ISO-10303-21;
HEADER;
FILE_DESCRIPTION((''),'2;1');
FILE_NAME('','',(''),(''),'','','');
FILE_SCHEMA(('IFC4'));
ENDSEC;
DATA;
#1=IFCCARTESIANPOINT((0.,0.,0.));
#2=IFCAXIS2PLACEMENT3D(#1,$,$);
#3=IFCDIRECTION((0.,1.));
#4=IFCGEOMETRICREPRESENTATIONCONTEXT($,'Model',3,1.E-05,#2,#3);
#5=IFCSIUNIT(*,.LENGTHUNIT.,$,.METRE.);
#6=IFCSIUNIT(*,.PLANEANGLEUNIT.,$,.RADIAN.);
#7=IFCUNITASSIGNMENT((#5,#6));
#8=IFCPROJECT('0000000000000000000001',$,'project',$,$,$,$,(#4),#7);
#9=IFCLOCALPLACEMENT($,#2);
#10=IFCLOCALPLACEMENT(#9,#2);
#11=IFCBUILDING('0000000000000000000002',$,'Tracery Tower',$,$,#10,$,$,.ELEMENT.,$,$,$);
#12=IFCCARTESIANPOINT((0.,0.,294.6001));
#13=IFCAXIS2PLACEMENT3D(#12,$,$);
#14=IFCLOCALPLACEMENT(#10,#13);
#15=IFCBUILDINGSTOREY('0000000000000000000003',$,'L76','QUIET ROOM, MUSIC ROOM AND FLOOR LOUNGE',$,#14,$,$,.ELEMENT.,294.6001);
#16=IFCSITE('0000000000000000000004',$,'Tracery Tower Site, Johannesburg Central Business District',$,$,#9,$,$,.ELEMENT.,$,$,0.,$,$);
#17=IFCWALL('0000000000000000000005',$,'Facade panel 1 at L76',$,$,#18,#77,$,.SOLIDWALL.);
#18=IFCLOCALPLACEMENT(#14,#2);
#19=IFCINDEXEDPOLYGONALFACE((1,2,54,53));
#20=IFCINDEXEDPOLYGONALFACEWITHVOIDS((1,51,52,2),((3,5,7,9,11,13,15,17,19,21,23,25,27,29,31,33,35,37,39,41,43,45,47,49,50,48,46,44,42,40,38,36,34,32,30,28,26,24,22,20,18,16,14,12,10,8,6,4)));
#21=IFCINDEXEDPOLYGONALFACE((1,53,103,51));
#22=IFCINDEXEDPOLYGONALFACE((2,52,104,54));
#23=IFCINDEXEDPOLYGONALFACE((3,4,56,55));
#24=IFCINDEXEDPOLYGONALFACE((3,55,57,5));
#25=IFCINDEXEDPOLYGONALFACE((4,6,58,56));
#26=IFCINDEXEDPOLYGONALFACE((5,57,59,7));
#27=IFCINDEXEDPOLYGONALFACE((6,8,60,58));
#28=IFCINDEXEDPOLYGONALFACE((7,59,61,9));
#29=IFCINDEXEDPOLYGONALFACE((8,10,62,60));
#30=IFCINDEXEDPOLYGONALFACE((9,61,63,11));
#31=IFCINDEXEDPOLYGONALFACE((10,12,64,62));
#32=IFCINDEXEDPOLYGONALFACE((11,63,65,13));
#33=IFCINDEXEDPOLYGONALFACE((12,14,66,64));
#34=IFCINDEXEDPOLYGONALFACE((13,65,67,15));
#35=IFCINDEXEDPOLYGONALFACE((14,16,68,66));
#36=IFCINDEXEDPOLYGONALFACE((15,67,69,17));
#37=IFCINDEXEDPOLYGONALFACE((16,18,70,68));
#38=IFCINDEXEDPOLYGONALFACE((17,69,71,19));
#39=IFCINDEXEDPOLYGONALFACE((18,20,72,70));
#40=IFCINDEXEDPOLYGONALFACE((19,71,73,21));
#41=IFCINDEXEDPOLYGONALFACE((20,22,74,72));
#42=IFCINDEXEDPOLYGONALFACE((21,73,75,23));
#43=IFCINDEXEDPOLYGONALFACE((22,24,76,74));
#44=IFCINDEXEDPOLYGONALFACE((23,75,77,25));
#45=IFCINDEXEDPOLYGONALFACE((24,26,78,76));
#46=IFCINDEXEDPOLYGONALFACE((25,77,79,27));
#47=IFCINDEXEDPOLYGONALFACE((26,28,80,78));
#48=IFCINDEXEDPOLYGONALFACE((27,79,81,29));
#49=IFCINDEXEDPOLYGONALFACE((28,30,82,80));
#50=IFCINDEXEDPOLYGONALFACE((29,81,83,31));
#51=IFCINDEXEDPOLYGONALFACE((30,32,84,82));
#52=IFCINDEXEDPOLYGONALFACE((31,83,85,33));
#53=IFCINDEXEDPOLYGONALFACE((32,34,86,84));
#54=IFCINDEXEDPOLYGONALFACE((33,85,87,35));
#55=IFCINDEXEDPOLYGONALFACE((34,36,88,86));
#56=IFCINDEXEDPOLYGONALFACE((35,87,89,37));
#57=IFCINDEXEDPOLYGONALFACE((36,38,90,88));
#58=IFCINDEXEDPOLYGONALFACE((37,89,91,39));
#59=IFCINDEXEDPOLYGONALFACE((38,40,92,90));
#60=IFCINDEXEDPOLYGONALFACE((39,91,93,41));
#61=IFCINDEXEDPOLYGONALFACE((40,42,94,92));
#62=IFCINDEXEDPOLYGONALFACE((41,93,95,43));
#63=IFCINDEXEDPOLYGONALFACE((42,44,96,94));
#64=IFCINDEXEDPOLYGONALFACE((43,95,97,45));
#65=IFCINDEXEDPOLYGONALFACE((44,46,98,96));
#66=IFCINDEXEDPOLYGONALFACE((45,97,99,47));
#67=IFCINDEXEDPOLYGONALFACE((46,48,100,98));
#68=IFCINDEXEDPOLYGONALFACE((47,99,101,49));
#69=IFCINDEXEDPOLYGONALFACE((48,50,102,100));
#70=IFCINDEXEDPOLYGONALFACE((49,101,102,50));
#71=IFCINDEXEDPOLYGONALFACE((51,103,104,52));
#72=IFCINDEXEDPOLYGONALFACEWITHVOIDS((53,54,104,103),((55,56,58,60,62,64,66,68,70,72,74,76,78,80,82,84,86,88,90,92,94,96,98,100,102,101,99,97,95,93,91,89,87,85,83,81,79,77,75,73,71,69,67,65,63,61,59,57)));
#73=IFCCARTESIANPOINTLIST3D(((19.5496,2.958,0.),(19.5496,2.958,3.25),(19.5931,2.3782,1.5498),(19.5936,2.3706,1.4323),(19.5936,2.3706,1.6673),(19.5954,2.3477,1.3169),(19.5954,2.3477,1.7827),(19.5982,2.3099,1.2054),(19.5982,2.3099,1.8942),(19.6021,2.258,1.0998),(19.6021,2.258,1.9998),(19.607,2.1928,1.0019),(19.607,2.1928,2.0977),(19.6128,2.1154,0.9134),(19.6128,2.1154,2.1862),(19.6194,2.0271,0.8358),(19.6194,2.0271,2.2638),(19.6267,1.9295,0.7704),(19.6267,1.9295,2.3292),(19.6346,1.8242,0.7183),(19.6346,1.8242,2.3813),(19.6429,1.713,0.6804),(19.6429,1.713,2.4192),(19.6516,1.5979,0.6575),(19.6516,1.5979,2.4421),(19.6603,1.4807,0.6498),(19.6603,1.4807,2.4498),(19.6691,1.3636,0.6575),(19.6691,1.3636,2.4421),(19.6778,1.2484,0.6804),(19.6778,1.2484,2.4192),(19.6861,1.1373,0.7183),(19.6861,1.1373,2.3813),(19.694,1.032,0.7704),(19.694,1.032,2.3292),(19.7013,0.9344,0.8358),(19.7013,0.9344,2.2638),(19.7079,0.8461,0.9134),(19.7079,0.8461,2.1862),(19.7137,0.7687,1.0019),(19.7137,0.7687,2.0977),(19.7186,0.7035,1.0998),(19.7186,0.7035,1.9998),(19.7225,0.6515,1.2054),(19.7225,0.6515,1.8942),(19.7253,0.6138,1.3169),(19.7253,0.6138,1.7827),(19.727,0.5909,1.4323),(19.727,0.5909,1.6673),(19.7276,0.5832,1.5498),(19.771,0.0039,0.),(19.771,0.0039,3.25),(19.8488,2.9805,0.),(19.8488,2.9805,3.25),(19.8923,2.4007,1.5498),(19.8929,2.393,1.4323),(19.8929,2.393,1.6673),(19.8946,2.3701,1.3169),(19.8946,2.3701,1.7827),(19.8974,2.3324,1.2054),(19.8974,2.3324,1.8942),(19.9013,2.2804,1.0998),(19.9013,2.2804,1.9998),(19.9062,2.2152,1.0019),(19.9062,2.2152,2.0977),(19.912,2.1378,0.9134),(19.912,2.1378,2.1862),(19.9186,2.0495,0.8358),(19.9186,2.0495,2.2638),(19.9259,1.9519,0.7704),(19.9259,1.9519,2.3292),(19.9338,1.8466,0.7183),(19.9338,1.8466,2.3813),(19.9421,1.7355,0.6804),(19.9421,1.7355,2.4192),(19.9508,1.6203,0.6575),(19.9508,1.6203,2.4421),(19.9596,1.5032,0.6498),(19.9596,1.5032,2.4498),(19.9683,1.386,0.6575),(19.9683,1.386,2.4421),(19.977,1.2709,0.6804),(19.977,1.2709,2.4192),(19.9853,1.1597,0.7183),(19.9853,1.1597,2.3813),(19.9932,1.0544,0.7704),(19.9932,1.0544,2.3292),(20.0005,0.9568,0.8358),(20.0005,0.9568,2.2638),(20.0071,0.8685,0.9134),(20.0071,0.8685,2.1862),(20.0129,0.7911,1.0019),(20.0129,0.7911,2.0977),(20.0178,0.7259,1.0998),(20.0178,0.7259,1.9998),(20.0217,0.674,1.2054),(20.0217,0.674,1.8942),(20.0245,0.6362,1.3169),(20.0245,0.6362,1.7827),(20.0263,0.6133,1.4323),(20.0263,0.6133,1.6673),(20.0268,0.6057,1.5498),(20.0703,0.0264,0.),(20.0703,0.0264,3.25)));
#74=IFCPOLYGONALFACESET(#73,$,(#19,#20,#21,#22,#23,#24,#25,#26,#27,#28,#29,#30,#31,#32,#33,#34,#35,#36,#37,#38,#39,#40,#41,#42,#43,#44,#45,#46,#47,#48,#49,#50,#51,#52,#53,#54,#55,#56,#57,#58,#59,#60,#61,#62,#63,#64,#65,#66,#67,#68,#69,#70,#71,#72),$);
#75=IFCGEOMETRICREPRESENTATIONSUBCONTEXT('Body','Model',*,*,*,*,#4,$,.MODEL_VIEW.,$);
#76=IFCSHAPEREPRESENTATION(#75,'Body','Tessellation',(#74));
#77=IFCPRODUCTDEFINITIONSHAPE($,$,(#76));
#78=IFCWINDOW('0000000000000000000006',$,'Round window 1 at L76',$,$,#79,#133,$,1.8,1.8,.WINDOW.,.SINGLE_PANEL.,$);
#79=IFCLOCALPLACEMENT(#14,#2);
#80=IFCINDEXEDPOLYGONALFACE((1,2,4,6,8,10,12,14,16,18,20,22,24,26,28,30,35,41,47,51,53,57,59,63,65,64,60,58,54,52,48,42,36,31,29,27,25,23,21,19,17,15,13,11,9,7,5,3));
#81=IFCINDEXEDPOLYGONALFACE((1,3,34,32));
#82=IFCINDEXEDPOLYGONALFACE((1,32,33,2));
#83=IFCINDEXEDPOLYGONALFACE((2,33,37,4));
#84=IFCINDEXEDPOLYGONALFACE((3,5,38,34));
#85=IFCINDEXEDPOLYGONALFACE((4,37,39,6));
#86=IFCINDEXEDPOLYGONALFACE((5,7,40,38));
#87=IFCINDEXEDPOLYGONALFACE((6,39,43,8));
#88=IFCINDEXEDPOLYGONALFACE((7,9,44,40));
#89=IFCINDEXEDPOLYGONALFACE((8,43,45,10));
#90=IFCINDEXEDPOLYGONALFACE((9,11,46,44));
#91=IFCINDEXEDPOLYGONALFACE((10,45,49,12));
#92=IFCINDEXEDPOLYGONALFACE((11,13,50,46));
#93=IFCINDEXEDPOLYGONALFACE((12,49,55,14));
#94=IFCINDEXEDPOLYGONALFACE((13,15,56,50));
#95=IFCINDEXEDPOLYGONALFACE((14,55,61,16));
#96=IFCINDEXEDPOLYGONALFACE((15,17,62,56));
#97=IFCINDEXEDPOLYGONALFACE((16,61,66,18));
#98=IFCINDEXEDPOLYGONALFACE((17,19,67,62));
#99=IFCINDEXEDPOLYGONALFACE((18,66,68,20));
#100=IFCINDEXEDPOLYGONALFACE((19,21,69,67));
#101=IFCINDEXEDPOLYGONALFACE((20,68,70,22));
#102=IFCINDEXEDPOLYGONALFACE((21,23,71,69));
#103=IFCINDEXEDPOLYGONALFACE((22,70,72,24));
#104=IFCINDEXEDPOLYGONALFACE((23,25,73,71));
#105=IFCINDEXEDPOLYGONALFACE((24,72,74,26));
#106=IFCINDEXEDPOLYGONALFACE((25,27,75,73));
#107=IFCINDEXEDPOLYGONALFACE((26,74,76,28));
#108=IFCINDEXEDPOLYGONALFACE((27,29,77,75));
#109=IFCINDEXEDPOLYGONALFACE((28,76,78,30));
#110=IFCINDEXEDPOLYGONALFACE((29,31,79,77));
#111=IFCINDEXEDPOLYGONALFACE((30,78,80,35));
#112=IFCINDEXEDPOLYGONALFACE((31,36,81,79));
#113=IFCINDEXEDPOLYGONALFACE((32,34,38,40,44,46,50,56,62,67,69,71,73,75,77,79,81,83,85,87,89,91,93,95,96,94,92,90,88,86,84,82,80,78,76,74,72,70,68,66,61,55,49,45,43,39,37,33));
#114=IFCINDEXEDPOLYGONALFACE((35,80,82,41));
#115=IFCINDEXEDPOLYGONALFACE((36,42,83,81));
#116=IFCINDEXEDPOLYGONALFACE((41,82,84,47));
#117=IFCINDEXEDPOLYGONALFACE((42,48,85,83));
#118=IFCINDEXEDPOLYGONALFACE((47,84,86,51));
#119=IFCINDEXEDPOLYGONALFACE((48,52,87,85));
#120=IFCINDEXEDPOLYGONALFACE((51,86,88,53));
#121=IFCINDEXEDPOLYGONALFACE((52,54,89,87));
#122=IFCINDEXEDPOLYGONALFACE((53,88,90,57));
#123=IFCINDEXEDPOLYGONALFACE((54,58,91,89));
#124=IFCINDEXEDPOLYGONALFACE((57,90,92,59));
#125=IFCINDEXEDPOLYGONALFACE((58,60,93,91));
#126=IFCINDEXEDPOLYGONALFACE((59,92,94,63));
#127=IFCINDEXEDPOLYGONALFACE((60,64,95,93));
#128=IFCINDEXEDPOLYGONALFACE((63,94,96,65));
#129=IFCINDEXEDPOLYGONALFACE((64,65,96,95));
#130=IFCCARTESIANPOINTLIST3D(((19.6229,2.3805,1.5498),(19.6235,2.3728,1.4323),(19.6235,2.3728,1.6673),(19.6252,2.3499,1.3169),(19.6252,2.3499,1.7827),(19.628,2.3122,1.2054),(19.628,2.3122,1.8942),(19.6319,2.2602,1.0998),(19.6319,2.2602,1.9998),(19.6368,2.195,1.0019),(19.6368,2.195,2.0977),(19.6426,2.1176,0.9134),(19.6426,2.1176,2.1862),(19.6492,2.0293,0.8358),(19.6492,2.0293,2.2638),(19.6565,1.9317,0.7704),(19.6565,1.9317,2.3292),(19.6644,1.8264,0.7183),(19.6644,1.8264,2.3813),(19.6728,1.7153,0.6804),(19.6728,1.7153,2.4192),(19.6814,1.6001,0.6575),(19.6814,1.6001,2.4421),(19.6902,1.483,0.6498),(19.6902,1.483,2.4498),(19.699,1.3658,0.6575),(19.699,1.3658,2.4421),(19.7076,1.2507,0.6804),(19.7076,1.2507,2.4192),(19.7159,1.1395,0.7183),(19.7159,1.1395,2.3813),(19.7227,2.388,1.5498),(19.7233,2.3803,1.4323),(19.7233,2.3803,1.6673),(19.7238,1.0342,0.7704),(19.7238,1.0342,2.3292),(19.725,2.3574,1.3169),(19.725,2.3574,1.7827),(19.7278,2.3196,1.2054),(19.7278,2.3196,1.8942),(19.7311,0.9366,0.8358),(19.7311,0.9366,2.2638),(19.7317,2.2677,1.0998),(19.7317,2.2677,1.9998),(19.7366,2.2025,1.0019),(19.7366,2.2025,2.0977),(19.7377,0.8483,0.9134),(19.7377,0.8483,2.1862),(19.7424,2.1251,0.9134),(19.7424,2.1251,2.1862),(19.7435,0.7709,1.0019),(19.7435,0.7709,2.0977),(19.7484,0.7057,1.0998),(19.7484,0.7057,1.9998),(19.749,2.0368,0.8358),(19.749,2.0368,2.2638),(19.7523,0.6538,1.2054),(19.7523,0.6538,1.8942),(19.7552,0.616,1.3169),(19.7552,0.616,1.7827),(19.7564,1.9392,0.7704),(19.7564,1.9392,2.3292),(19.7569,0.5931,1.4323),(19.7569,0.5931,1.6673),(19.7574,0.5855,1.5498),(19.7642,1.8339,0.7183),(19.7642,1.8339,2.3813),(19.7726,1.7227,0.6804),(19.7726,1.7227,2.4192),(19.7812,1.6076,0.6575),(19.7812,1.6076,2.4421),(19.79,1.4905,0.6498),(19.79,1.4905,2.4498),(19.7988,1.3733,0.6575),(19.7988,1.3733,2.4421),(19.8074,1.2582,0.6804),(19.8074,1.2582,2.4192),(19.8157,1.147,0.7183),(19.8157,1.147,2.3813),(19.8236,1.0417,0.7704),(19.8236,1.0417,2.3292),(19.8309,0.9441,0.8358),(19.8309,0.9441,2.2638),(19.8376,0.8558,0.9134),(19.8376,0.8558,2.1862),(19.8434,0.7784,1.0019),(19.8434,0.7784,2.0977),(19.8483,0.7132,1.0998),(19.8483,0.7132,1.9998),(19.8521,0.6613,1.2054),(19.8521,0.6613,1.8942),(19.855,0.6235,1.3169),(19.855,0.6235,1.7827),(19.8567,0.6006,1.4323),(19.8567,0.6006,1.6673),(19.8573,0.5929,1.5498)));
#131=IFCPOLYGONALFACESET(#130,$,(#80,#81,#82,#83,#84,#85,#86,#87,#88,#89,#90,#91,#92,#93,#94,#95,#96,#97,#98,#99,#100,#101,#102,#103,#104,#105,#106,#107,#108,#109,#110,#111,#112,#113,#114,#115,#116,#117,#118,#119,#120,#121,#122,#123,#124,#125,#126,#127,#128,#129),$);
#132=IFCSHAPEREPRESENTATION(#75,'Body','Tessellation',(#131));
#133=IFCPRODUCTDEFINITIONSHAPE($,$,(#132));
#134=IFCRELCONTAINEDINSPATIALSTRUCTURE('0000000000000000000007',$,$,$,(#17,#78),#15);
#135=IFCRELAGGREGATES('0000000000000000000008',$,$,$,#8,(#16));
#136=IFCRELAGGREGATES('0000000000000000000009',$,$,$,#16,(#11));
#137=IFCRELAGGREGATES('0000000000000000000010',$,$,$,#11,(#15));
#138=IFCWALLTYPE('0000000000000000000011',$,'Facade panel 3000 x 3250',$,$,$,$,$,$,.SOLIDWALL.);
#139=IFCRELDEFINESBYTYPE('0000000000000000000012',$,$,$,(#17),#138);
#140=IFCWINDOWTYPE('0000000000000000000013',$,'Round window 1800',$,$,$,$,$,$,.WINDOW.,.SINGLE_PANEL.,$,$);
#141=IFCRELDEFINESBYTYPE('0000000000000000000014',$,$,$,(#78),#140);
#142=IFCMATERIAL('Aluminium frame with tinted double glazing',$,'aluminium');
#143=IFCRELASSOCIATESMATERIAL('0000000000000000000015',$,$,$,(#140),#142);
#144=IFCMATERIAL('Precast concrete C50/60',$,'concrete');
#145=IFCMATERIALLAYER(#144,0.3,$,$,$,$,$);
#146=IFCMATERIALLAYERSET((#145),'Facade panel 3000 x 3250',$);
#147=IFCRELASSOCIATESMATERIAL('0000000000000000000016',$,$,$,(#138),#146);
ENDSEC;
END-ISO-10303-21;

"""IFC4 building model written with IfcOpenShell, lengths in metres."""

from ifc_helpers import new_model, si_unit, direction, frame, frame_2d, origin, origin_2d, place, context, subcontext, project, spatial, rectangle, circle, extrude, material, layer, layer_set, type_object, element, fill, save


model = new_model("IFC4")

# Units and contexts
model_context = context("Model", 3, precision=1e-05, world=origin(), true_north=direction((0.0, 1.0)))
body_context = subcontext(model_context, "Body", "Model", "MODEL_VIEW")
ifc_project = project(units=[si_unit("LENGTHUNIT", "METRE"), si_unit("PLANEANGLEUNIT", "RADIAN")], contexts=[model_context])

# Site, building, storey
site_placement = place(None, origin())
site = spatial("IfcSite", under=ifc_project, at=site_placement, Name="Tracery Tower Site, Johannesburg Central Business District", CompositionType="ELEMENT", RefElevation=0.0)
building_placement = place(site_placement, origin())
building = spatial("IfcBuilding", under=site, at=building_placement, Name="Tracery Tower", CompositionType="ELEMENT")
storey_placement = place(building_placement, frame((0.0, 0.0, 294.6001)))
storey = spatial("IfcBuildingStorey", under=building, at=storey_placement, Name="L76", Description="QUIET ROOM, MUSIC ROOM AND FLOOR LOUNGE", CompositionType="ELEMENT", Elevation=294.6001)

# Wall, opening, window
ifc_material_1 = material(Name="Aluminium frame with tinted double glazing", Category="aluminium")
window_type = type_object("IfcWindowType", Name="Round window 1800", PartitioningType="SINGLE_PANEL", PredefinedType="WINDOW", material=ifc_material_1)
ifc_material_2 = material(Name="Precast concrete C50/60", Category="concrete")
ifc_layer_1 = layer(ifc_material_2, 0.3)
ifc_layer_set_1 = layer_set([ifc_layer_1], Name="Facade panel 3000 x 3250")
wall_type_1 = type_object("IfcWallType", Name="Facade panel 3000 x 3250", PredefinedType="SOLIDWALL", material=ifc_layer_set_1)
wall_1_placement = place(storey_placement, frame((19.9207, 0.0151, 0.0), z_axis=(0.0, 0.0, 1.0), x_axis=(-0.074749, 0.997202, 0.0)))
wall_1 = element("IfcWall", 1, at=wall_1_placement, inside=storey, type_object=wall_type_1, Name="Facade panel 1 at L76", PredefinedType="SOLIDWALL", context=body_context, shape_type="SweptSolid", body=[
    extrude(rectangle(XDim=2.9624, YDim=0.3, at=frame_2d((1.4812, 0.0))), origin(), (0.0, 0.0, 1.0), 3.25),
])
opening_1_placement = place(wall_1_placement, frame((1.481, 0.0, 1.5498)))
opening_1 = element("IfcOpeningElement", 2, at=opening_1_placement, cuts=wall_1, PredefinedType="OPENING", context=body_context, shape_type="SweptSolid", body=[
    extrude(circle(Radius=0.9, at=origin_2d()), frame((0.0, 0.1599, 0.0), z_axis=(0.0, -1.0, 0.0), x_axis=(1.0, 0.0, 0.0)), (0.0, 0.0, 1.0), 0.3201),
])
window_1_placement = place(opening_1_placement, origin())
window_1 = element("IfcWindow", 3, at=window_1_placement, inside=storey, type_object=window_type, Name="Round window 1 at L76", OverallHeight=1.8, OverallWidth=1.8, PartitioningType="SINGLE_PANEL", PredefinedType="WINDOW", context=body_context, shape_type="SweptSolid", body=[
    extrude(circle(Radius=0.9, at=origin_2d()), frame((0.0, 0.1201, 0.0), z_axis=(0.0, -1.0, 0.0), x_axis=(1.0, 0.0, 0.0)), (0.0, 0.0, 1.0), 0.1001),
])
fill(opening_1, window_1)

save(model, "model.ifc")
